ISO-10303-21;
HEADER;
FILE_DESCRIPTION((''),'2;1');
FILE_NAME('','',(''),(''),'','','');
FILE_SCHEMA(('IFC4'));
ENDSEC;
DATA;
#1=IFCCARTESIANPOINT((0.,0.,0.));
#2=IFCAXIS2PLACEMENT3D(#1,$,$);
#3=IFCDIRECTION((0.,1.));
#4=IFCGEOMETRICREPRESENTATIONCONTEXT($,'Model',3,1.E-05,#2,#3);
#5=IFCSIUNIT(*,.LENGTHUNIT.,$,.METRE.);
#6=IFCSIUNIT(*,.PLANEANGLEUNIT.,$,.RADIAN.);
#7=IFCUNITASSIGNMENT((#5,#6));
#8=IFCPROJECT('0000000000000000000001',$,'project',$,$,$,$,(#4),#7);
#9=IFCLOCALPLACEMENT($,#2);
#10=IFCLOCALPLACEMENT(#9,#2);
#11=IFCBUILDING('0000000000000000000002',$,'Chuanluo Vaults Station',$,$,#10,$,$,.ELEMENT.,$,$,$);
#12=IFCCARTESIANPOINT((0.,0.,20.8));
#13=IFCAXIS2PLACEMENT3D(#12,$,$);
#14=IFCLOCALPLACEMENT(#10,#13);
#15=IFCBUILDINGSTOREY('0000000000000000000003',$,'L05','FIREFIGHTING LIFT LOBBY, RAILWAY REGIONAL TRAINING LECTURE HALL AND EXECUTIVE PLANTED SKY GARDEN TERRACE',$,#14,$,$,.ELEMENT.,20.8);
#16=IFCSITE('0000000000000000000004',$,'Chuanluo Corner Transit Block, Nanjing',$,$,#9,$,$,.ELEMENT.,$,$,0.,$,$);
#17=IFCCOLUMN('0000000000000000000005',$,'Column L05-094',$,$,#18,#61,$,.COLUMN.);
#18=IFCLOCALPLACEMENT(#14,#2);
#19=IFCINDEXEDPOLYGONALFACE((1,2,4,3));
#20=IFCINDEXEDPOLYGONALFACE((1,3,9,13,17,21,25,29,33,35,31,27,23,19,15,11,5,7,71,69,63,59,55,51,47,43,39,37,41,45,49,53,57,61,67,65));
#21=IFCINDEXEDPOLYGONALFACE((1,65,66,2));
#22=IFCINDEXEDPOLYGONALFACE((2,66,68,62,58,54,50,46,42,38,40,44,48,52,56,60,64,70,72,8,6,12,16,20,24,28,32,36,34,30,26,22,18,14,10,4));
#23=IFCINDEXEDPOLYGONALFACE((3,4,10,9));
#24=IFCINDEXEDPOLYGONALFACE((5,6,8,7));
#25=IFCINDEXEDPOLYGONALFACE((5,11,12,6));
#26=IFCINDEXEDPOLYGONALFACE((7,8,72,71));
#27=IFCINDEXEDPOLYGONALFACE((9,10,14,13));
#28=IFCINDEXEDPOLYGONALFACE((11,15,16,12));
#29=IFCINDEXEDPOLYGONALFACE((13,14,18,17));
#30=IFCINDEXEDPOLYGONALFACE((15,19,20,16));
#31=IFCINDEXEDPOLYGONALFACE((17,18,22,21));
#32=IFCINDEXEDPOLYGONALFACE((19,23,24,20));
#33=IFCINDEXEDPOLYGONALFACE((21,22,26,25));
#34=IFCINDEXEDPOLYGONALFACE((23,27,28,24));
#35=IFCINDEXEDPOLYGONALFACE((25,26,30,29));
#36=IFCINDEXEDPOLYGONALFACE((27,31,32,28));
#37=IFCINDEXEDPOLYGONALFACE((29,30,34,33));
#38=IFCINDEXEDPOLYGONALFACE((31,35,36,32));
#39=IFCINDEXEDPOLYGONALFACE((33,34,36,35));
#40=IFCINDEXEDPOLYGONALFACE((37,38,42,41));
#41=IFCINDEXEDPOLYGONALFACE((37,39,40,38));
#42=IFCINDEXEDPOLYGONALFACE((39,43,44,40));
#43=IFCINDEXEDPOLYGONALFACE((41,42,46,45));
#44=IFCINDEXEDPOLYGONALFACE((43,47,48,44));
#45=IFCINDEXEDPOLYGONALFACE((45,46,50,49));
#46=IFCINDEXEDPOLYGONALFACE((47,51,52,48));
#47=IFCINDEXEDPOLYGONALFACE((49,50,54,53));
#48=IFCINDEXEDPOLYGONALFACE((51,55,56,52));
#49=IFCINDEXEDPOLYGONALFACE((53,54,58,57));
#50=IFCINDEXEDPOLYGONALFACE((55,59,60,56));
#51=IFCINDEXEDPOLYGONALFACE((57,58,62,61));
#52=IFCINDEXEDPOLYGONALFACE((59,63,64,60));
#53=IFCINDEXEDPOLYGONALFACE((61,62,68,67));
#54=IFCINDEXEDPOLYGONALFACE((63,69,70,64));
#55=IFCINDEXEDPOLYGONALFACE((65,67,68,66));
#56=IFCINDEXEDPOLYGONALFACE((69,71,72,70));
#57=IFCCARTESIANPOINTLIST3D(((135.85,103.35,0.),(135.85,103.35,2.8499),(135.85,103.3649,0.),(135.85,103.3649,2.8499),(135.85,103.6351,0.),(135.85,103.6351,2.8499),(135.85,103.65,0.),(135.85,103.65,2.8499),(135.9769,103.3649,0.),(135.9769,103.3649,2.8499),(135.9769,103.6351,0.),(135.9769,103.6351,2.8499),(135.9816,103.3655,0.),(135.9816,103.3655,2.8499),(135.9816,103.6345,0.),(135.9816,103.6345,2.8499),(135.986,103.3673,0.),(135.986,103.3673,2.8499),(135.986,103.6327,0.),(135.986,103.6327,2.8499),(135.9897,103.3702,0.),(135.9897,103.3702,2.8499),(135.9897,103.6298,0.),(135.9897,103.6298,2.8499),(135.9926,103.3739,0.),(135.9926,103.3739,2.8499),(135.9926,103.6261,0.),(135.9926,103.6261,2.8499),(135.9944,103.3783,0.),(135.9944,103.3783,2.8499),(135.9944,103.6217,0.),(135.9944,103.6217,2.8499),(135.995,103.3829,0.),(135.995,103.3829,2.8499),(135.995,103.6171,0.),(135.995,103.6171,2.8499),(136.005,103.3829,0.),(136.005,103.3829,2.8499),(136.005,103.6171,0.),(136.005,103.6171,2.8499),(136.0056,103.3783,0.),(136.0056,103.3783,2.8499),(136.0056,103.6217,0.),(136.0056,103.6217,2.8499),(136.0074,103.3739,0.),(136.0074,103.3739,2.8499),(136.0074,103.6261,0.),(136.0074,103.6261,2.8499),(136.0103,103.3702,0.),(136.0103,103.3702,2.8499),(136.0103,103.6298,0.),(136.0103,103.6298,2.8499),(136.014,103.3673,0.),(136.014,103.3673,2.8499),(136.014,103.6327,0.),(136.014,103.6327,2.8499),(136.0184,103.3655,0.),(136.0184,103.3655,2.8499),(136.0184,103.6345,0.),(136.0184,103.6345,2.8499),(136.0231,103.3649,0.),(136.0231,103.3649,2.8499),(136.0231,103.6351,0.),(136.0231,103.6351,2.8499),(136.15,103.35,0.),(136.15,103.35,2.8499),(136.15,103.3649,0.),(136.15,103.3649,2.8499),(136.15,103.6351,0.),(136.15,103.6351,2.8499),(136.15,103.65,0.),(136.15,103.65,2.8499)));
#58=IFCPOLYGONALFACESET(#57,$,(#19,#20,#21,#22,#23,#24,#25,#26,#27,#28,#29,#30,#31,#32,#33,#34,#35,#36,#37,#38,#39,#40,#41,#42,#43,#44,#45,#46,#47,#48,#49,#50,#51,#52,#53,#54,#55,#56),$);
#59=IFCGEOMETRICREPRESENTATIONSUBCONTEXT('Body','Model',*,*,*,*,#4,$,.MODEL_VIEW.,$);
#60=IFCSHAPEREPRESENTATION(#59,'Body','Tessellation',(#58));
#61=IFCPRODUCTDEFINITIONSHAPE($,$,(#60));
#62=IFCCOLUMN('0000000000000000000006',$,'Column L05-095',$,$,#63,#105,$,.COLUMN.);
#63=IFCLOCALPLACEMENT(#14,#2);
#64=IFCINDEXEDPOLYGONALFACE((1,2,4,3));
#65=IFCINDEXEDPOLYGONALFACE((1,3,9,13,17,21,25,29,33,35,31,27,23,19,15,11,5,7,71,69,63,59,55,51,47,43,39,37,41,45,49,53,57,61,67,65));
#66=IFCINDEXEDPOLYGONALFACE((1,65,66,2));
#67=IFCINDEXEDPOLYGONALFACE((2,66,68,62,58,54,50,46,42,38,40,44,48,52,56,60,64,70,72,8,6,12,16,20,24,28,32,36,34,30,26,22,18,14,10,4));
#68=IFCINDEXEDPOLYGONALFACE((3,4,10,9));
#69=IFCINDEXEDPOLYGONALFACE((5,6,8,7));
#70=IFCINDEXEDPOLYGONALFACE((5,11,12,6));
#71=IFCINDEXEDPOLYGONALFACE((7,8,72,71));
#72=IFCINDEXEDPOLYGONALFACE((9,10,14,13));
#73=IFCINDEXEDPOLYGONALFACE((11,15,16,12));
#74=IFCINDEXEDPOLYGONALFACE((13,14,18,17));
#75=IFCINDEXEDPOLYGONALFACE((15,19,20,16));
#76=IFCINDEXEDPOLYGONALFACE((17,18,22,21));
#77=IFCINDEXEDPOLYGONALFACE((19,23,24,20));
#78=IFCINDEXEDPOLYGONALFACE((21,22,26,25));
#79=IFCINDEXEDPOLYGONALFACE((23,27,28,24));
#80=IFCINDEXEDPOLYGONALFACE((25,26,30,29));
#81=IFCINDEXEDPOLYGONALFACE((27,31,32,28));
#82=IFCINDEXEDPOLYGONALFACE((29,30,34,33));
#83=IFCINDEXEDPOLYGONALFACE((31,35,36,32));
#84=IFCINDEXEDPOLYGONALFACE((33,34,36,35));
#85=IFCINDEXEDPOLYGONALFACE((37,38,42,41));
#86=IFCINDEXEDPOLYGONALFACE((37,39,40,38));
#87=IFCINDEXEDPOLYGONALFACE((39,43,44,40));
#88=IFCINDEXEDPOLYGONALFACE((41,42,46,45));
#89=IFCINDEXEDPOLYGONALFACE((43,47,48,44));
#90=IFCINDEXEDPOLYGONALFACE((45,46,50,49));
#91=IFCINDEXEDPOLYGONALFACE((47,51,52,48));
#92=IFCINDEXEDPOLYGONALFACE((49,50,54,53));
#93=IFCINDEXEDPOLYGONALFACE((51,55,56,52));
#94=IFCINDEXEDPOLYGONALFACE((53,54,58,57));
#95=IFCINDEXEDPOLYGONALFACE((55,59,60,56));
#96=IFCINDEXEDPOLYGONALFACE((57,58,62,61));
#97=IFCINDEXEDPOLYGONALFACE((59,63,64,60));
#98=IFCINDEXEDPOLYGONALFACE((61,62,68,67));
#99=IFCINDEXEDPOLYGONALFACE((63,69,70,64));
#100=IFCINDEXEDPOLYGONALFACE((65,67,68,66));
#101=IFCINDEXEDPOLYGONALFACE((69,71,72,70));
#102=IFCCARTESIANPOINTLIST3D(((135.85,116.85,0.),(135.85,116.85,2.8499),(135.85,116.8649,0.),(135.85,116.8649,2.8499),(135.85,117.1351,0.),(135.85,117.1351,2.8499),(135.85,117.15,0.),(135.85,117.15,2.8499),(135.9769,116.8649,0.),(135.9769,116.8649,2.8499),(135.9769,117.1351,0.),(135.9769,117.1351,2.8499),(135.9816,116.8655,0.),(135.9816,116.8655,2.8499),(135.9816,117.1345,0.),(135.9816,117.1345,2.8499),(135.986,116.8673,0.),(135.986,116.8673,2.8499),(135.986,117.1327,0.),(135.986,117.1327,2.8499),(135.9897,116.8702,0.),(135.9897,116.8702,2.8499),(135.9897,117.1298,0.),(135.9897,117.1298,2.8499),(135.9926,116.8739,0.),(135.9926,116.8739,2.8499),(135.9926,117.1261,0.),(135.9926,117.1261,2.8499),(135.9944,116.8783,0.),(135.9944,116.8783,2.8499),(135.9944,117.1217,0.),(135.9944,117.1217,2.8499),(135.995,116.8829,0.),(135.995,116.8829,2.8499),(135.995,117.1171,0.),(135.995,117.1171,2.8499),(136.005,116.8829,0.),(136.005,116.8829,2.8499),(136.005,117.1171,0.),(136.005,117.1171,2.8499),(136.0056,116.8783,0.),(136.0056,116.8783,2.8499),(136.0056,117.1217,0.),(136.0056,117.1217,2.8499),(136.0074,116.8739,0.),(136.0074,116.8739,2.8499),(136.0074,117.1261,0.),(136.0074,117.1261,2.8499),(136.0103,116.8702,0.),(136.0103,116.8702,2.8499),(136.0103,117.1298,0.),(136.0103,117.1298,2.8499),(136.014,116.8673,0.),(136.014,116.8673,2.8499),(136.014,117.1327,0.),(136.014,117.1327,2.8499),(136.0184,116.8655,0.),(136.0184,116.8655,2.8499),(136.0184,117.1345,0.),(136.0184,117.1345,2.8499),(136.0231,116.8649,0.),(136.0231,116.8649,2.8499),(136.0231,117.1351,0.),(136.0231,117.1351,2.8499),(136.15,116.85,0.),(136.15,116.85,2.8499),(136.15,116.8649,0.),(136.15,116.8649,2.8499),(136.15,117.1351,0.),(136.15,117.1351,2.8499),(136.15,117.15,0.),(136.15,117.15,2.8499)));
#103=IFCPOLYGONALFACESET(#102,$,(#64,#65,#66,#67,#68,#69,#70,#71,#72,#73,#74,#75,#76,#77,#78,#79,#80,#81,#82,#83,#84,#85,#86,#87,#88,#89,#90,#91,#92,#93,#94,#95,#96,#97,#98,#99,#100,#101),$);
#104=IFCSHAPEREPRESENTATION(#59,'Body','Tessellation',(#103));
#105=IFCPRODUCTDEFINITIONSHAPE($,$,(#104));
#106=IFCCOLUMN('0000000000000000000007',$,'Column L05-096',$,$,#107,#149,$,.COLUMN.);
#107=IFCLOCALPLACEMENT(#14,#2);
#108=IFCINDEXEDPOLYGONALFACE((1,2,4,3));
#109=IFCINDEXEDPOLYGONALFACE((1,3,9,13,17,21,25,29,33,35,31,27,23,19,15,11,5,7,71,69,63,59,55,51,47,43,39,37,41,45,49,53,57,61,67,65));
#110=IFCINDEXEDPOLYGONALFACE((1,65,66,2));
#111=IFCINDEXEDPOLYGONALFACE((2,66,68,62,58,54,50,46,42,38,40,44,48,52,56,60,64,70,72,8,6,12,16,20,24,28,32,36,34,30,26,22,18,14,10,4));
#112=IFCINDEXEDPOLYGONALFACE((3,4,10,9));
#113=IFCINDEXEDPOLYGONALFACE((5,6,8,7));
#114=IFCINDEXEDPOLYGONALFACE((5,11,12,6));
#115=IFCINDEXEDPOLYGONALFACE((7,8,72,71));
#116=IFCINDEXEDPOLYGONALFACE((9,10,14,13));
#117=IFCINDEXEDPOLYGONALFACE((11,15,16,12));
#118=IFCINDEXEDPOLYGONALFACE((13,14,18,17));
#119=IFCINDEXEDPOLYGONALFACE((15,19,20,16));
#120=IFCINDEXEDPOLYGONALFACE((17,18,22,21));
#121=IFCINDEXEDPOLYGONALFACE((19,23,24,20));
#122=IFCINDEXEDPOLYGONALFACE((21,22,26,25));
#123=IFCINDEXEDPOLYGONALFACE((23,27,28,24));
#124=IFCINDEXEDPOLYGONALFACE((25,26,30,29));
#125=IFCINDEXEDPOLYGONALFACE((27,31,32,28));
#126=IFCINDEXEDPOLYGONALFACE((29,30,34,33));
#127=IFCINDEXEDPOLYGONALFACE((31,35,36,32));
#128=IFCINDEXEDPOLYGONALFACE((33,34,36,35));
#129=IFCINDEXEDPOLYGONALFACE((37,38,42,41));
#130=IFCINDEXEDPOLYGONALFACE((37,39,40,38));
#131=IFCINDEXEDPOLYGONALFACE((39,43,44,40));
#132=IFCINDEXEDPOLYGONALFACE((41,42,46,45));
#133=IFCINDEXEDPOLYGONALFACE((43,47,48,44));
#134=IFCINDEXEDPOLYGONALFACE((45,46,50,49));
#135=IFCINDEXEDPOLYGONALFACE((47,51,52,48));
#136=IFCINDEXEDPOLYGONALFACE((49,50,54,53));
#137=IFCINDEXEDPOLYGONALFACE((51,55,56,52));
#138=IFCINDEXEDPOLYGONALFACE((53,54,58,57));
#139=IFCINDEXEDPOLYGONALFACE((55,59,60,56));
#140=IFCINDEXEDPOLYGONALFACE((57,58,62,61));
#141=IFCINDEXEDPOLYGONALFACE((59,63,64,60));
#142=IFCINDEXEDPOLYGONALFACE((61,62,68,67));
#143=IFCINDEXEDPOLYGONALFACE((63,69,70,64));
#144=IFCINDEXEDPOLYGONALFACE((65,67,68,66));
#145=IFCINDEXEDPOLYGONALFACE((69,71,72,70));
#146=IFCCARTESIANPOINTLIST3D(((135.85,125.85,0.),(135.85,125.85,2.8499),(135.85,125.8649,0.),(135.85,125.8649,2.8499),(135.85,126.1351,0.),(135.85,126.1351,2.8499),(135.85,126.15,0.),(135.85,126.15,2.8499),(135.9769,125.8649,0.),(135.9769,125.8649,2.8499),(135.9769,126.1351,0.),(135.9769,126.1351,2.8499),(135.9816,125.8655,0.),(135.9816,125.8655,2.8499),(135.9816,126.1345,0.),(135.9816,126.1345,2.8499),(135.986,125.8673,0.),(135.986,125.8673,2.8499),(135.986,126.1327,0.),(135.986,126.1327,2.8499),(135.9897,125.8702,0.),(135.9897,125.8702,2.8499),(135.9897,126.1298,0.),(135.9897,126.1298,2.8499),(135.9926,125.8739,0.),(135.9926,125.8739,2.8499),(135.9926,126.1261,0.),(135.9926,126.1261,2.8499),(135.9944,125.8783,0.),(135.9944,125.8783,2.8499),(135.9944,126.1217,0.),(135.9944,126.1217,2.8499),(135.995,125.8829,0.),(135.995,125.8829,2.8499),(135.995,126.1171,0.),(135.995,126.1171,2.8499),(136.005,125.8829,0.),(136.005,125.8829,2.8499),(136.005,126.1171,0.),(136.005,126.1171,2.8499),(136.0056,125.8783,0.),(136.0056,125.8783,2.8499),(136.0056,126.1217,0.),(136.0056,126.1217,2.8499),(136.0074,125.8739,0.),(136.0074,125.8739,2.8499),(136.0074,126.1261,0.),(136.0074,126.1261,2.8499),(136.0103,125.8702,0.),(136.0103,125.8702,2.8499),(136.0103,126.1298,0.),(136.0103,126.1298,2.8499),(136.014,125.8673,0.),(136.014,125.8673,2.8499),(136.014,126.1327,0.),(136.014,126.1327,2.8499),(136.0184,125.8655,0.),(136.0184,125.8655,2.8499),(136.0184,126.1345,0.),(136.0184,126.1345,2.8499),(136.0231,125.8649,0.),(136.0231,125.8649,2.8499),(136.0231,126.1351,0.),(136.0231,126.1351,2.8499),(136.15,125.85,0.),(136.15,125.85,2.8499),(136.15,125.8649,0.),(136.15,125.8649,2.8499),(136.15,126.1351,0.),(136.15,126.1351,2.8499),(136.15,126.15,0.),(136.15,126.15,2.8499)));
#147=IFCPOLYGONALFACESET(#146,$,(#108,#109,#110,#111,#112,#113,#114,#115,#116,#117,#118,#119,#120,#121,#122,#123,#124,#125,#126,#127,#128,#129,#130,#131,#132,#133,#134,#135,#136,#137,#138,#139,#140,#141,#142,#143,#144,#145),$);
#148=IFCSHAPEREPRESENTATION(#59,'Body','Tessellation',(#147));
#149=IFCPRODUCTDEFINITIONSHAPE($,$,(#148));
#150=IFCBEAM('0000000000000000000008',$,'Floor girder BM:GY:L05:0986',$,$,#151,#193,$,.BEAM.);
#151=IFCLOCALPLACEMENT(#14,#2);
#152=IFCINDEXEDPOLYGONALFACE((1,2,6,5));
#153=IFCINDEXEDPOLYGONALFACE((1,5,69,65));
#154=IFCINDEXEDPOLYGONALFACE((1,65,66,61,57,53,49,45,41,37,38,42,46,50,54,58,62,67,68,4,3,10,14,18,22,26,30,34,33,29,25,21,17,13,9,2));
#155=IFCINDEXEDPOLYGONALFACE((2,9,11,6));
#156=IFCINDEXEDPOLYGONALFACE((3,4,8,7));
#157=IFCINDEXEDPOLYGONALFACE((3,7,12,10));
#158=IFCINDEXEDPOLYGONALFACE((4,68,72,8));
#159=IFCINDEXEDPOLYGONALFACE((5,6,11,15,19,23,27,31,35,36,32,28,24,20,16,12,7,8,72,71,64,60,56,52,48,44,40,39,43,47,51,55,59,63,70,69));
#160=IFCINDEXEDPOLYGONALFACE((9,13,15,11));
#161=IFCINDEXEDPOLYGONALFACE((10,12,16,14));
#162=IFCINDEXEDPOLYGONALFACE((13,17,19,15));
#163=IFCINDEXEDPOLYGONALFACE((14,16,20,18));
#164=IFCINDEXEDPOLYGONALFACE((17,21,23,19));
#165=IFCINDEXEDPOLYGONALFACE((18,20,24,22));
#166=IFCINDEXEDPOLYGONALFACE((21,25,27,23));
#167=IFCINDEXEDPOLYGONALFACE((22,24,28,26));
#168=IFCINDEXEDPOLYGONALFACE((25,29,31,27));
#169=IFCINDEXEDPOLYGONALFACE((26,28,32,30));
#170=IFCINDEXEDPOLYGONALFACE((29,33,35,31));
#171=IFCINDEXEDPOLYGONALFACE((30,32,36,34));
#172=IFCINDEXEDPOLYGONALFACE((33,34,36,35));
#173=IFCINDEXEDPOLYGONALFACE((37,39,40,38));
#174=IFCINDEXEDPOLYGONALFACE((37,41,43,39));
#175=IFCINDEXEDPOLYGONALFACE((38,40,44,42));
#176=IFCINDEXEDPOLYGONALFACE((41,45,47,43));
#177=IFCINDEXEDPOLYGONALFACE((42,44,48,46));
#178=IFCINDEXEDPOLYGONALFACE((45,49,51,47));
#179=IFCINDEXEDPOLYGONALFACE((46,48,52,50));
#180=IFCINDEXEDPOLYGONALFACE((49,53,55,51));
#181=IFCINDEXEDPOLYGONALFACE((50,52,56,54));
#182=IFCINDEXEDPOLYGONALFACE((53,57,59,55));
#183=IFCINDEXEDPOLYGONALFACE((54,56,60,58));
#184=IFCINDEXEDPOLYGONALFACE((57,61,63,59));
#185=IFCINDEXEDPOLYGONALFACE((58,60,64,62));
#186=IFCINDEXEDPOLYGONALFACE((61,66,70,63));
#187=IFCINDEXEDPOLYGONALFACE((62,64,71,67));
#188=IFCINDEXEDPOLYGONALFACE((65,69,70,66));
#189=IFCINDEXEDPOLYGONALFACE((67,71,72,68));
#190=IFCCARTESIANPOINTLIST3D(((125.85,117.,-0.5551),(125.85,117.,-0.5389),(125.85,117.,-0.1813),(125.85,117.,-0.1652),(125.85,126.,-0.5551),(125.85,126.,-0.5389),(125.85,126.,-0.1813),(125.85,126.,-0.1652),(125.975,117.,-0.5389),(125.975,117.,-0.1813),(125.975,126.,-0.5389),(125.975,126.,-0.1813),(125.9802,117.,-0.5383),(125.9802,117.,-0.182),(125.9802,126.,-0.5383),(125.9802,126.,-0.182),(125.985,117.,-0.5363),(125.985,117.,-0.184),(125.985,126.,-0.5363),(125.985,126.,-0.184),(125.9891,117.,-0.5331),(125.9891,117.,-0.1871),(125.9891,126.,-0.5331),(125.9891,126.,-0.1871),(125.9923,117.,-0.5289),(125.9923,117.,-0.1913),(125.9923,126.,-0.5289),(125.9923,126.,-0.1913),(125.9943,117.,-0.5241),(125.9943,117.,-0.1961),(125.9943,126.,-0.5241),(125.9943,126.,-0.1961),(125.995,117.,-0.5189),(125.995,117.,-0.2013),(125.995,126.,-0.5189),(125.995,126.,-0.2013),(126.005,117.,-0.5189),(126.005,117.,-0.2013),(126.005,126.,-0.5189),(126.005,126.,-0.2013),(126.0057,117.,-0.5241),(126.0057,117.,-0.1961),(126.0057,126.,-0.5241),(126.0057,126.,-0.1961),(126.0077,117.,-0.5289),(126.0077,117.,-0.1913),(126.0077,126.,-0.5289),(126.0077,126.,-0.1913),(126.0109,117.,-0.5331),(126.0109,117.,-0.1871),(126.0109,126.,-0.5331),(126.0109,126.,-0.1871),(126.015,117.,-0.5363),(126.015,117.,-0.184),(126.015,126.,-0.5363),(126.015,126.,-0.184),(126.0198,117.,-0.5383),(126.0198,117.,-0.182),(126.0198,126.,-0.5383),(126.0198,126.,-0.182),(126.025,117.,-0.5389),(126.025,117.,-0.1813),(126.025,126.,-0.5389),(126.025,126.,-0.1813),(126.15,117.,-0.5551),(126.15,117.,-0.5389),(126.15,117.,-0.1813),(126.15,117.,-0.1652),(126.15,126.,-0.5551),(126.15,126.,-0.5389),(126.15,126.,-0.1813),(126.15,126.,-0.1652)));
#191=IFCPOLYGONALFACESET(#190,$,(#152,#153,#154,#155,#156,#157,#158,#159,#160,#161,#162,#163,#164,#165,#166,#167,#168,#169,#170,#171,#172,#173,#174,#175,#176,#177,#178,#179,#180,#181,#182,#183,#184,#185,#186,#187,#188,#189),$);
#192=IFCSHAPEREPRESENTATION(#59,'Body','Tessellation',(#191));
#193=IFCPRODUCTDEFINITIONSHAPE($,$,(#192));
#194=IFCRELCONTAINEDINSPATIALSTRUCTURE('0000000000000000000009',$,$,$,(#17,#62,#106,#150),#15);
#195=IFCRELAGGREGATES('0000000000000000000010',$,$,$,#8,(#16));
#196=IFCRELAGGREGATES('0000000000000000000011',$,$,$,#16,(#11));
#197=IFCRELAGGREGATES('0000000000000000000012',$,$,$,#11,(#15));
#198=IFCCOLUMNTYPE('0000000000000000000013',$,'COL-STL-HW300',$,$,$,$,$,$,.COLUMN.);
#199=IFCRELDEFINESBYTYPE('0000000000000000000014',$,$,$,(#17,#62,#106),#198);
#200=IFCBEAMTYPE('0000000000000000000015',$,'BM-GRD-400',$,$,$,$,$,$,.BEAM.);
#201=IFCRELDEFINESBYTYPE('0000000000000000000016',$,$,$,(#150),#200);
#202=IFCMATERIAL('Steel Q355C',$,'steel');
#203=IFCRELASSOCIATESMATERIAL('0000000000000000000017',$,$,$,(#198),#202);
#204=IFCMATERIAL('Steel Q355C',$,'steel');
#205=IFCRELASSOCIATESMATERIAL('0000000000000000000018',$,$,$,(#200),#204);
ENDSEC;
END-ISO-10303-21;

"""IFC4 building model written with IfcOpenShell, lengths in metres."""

from ifc_helpers import new_model, si_unit, direction, frame, origin, origin_2d, place, context, subcontext, project, spatial, i_section, extrude, material, material_profile, profile_set, type_object, element, save


model = new_model("IFC4")

# Units and contexts
model_context = context("Model", 3, precision=1e-05, world=origin(), true_north=direction((0.0, 1.0)))
body_context = subcontext(model_context, "Body", "Model", "MODEL_VIEW")
ifc_project = project(units=[si_unit("LENGTHUNIT", "METRE"), si_unit("PLANEANGLEUNIT", "RADIAN")], contexts=[model_context])

# Site, building, storey
site_placement = place(None, origin())
site = spatial("IfcSite", under=ifc_project, at=site_placement, Name="Chuanluo Corner Transit Block, Nanjing", CompositionType="ELEMENT", RefElevation=0.0)
building_placement = place(site_placement, origin())
building = spatial("IfcBuilding", under=site, at=building_placement, Name="Chuanluo Vaults Station", CompositionType="ELEMENT")
storey_placement = place(building_placement, frame((0.0, 0.0, 20.8)))
storey = spatial("IfcBuildingStorey", under=building, at=storey_placement, Name="L05", Description="FIREFIGHTING LIFT LOBBY, RAILWAY REGIONAL TRAINING LECTURE HALL AND EXECUTIVE PLANTED SKY GARDEN TERRACE", CompositionType="ELEMENT", Elevation=20.8)

# Columns
ifc_material_1 = material(Name="Steel Q355C", Category="steel")
ifc_material_profile_1 = material_profile(ifc_material_1, i_section(OverallWidth=0.3, OverallDepth=0.3, WebThickness=0.01, FlangeThickness=0.0149, FilletRadius=0.0181, at=origin_2d()))
ifc_profile_set_1 = profile_set([ifc_material_profile_1], Name="Steel Q355C")
column_type = type_object("IfcColumnType", Name="COL-STL-HW300", PredefinedType="COLUMN", material=ifc_profile_set_1)
for number, where, z_axis, x_axis, name in (
    (1, (136.0, 103.5, 0.0), (0.0, 0.0, 1.0), (1.0, 0.0, 0.0), "Column L05-094"),
    (2, (136.0, 117.0, 0.0), (0.0, 0.0, 1.0), (1.0, 0.0, 0.0), "Column L05-095"),
    (3, (136.0, 126.0, 0.0), (0.0, 0.0, 1.0), (1.0, 0.0, 0.0), "Column L05-096"),
):
    element("IfcColumn", number, at=place(storey_placement, frame(where, z_axis=z_axis, x_axis=x_axis)), inside=storey, type_object=column_type, Name=name, PredefinedType="COLUMN", context=body_context, shape_type="SweptSolid", body=[
        extrude(i_section(OverallWidth=0.3, OverallDepth=0.3, WebThickness=0.01, FlangeThickness=0.0149, FilletRadius=0.0181, at=origin_2d()), origin(), (0.0, 0.0, 1.0), 2.8499),
    ])

# Beam
ifc_material_2 = material(Name="Steel Q355C", Category="steel")
ifc_material_profile_2 = material_profile(ifc_material_2, i_section(OverallWidth=0.3, OverallDepth=0.3899, WebThickness=0.01, FlangeThickness=0.0161, FilletRadius=0.02, at=origin_2d()))
ifc_profile_set_2 = profile_set([ifc_material_profile_2], Name="Steel Q355C")
beam_type_1 = type_object("IfcBeamType", Name="BM-GRD-400", PredefinedType="BEAM", material=ifc_profile_set_2)
for number, where, z_axis, x_axis, name in (
    (4, (126.0, 117.0, -0.3601), (0.0, 1.0, 0.0), (-1.0, 0.0, 0.0), "Floor girder BM:GY:L05:0986"),
):
    element("IfcBeam", number, at=place(storey_placement, frame(where, z_axis=z_axis, x_axis=x_axis)), inside=storey, type_object=beam_type_1, Name=name, PredefinedType="BEAM", context=body_context, shape_type="SweptSolid", body=[
        extrude(i_section(OverallWidth=0.3, OverallDepth=0.3899, WebThickness=0.01, FlangeThickness=0.0161, FilletRadius=0.02, at=origin_2d()), origin(), (0.0, 0.0, 1.0), 9.0),
    ])

save(model, "model.ifc")
